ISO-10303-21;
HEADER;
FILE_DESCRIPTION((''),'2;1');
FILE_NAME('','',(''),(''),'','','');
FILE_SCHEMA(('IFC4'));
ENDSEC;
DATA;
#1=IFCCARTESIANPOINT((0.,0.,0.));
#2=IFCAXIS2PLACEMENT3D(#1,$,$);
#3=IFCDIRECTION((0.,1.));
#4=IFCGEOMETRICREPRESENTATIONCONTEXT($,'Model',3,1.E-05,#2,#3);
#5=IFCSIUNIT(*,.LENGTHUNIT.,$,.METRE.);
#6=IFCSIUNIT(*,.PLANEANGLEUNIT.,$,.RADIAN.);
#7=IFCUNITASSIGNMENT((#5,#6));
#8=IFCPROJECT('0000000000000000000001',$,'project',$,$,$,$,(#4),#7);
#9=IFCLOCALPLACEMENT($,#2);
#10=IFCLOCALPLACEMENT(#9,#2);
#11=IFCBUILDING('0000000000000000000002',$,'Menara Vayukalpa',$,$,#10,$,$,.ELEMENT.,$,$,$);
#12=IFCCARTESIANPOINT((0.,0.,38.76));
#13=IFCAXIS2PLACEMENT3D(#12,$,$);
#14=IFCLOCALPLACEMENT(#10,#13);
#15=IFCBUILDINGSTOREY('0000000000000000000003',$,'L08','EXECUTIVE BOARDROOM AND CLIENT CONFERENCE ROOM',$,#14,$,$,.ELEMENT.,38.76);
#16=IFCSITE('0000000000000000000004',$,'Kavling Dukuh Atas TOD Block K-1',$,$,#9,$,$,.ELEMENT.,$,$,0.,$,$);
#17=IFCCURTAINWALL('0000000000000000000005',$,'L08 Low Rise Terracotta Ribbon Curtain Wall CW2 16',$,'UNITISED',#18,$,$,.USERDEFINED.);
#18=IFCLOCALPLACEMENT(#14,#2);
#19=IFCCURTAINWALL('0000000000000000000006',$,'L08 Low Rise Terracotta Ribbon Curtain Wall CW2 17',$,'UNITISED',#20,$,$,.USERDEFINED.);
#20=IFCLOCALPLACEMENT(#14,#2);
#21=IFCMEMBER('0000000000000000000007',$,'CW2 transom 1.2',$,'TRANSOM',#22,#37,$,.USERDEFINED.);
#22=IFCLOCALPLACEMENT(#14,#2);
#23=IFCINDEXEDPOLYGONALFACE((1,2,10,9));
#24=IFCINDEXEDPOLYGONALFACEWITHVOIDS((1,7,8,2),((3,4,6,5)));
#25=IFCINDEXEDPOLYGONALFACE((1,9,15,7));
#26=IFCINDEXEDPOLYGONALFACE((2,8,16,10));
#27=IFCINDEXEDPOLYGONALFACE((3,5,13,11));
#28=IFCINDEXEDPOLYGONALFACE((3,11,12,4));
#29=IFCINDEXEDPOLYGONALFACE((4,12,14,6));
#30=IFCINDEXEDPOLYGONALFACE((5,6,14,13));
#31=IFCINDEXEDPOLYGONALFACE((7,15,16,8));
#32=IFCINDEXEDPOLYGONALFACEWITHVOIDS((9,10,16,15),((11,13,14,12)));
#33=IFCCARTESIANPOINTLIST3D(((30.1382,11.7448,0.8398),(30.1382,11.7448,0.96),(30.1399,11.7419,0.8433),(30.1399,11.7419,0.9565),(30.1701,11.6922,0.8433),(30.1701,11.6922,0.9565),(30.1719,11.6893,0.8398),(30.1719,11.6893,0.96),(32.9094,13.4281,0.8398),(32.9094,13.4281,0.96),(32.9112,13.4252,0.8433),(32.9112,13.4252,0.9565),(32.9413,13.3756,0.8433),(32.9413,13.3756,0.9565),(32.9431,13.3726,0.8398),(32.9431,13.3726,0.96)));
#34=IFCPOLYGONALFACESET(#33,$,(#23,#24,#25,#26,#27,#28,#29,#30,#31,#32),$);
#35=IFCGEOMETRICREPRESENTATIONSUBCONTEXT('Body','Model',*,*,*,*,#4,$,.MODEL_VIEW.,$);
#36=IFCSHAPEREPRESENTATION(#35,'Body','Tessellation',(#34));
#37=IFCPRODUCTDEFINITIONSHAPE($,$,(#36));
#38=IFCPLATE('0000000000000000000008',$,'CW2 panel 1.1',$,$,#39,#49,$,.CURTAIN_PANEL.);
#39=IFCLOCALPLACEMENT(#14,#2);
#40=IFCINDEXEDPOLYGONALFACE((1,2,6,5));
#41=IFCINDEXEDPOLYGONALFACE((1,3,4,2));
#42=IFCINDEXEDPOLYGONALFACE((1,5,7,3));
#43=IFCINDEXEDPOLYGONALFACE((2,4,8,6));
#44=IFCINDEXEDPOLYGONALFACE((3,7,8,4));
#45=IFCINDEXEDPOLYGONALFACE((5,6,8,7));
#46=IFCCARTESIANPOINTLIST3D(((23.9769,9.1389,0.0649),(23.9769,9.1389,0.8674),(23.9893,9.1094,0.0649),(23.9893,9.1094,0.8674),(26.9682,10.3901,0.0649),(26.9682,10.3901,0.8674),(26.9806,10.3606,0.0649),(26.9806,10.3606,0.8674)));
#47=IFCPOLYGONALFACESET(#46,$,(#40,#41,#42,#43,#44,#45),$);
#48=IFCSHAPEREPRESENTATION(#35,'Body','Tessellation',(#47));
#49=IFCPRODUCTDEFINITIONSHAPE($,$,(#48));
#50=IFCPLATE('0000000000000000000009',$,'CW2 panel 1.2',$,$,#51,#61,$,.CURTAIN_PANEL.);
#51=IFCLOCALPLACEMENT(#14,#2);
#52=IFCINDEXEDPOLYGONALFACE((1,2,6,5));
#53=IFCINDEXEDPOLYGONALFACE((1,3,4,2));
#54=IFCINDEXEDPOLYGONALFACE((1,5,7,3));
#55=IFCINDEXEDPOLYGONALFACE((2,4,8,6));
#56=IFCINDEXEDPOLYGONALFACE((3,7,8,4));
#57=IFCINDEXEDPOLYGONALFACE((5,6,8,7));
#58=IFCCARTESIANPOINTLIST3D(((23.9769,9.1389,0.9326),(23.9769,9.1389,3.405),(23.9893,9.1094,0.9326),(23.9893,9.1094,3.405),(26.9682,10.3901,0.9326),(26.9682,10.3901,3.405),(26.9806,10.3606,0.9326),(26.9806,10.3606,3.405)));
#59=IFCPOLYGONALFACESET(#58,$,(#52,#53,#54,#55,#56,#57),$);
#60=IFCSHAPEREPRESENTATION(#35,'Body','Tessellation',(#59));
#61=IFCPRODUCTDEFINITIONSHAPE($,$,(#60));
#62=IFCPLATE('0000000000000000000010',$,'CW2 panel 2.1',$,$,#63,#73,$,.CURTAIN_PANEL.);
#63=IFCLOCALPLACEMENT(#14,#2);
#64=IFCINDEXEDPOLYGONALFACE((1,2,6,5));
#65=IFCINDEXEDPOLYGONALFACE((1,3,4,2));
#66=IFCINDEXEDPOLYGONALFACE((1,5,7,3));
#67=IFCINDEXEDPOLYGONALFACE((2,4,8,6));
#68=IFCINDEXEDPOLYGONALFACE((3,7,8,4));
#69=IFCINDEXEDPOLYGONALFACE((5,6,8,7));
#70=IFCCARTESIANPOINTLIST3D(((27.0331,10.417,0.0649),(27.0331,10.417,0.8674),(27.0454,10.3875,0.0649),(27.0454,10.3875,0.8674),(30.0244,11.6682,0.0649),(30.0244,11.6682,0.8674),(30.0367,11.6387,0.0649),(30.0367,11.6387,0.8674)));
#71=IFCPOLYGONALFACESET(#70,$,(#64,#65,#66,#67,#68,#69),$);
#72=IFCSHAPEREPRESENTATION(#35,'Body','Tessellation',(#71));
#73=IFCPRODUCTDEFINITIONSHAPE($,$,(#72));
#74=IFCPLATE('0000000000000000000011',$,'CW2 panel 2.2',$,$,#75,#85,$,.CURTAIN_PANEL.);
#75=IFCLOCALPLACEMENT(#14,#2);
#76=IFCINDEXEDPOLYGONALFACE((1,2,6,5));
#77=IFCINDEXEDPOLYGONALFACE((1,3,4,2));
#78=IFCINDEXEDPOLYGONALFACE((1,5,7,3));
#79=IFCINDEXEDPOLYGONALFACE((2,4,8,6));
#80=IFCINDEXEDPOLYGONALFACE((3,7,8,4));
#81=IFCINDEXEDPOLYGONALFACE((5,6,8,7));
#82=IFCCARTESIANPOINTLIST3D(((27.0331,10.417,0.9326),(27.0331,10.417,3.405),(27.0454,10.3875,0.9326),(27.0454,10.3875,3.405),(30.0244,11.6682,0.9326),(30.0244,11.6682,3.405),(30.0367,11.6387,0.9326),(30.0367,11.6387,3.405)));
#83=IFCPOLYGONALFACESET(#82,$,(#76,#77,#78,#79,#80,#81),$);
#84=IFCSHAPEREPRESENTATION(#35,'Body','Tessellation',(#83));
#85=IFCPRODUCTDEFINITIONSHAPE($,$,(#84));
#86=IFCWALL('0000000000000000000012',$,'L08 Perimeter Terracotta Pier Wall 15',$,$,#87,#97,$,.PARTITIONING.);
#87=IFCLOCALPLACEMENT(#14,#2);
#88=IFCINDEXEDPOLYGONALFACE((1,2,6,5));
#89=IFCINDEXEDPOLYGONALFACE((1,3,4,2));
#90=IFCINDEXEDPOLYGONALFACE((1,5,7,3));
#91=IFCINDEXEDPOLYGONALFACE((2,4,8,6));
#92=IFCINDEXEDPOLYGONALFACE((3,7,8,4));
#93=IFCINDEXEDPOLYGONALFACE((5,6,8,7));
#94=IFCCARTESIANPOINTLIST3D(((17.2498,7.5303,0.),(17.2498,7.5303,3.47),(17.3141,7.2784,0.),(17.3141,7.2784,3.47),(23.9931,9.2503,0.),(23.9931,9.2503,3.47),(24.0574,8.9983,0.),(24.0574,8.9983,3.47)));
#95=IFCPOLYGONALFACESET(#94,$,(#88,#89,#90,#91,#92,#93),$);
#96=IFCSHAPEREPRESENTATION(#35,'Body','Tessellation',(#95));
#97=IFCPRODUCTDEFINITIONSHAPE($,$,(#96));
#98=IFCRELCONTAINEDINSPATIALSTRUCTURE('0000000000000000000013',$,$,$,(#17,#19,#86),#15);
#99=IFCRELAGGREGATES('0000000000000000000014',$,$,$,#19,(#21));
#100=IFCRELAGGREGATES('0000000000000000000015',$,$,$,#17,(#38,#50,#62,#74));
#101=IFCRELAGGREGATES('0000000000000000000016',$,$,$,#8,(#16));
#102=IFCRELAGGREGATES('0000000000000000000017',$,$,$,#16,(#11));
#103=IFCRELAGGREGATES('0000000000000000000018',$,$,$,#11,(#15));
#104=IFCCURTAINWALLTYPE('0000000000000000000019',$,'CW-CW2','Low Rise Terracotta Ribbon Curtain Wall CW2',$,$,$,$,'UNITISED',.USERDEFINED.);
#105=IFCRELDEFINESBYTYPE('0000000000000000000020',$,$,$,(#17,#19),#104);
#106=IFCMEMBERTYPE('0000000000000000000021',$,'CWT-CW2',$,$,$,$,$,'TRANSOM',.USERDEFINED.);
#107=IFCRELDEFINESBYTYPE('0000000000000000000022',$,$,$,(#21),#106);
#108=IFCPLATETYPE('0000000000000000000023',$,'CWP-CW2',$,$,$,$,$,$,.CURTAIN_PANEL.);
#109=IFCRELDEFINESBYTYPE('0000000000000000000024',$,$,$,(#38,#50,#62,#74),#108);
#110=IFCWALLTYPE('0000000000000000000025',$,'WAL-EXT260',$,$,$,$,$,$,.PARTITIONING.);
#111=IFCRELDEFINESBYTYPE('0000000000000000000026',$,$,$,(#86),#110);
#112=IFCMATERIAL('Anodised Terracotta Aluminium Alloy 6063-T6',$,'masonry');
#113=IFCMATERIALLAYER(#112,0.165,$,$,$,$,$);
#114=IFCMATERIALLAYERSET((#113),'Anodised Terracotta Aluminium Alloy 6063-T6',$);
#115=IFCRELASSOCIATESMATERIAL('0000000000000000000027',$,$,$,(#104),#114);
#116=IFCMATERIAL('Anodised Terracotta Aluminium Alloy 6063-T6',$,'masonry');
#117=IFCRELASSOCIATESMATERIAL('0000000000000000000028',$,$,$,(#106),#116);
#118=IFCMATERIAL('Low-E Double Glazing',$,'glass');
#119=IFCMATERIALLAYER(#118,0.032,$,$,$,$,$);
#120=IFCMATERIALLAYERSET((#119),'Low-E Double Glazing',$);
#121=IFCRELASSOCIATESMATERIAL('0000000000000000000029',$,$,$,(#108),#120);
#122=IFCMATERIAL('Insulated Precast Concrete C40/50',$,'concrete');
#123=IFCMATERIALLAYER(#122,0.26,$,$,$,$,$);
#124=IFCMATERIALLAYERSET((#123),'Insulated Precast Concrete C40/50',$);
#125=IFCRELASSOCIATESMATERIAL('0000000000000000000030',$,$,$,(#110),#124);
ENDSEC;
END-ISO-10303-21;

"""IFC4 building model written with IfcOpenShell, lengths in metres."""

from ifc_helpers import new_model, si_unit, direction, frame, frame_2d, origin, origin_2d, place, context, subcontext, project, spatial, rectangle, hollow_rectangle, extrude, material, layer, layer_set, material_profile, profile_set, type_object, element, aggregate, save


model = new_model("IFC4")

# Units and contexts
model_context = context("Model", 3, precision=1e-05, world=origin(), true_north=direction((0.0, 1.0)))
body_context = subcontext(model_context, "Body", "Model", "MODEL_VIEW")
ifc_project = project(units=[si_unit("LENGTHUNIT", "METRE"), si_unit("PLANEANGLEUNIT", "RADIAN")], contexts=[model_context])

# Site, building, storey
site_placement = place(None, origin())
site = spatial("IfcSite", under=ifc_project, at=site_placement, Name="Kavling Dukuh Atas TOD Block K-1", CompositionType="ELEMENT", RefElevation=0.0)
building_placement = place(site_placement, origin())
building = spatial("IfcBuilding", under=site, at=building_placement, Name="Menara Vayukalpa", CompositionType="ELEMENT")
storey_placement = place(building_placement, frame((0.0, 0.0, 38.76)))
storey = spatial("IfcBuildingStorey", under=building, at=storey_placement, Name="L08", Description="EXECUTIVE BOARDROOM AND CLIENT CONFERENCE ROOM", CompositionType="ELEMENT", Elevation=38.76)

# Curtain wall
ifc_material_1 = material(Name="Anodised Terracotta Aluminium Alloy 6063-T6", Category="masonry")
ifc_layer_1 = layer(ifc_material_1, 0.165)
ifc_layer_set_1 = layer_set([ifc_layer_1], Name="Anodised Terracotta Aluminium Alloy 6063-T6")
curtain_wall_type = type_object("IfcCurtainWallType", Name="CW-CW2", Description="Low Rise Terracotta Ribbon Curtain Wall CW2", ElementType="UNITISED", PredefinedType="USERDEFINED", material=ifc_layer_set_1)
curtain_wall_1_placement = place(storey_placement, origin())
curtain_wall_1 = element("IfcCurtainWall", 1, at=curtain_wall_1_placement, inside=storey, type_object=curtain_wall_type, Name="L08 Low Rise Terracotta Ribbon Curtain Wall CW2 16", ObjectType="UNITISED", PredefinedType="USERDEFINED")

# Curtain wall
curtain_wall_2_placement = place(storey_placement, origin())
curtain_wall_2 = element("IfcCurtainWall", 2, at=curtain_wall_2_placement, inside=storey, type_object=curtain_wall_type, Name="L08 Low Rise Terracotta Ribbon Curtain Wall CW2 17", ObjectType="UNITISED", PredefinedType="USERDEFINED")

# Member
ifc_material_2 = material(Name="Anodised Terracotta Aluminium Alloy 6063-T6", Category="masonry")
ifc_material_profile_1 = material_profile(ifc_material_2, hollow_rectangle(XDim=0.0649, YDim=0.1201, WallThickness=0.0034, at=origin_2d()), Name="ALU 65x120x3.5")
ifc_profile_set_1 = profile_set([ifc_material_profile_1], Name="Anodised Terracotta Aluminium Alloy 6063-T6")
member_type_1 = type_object("IfcMemberType", Name="CWT-CW2", ElementType="TRANSOM", PredefinedType="USERDEFINED", material=ifc_profile_set_1)
member_1_placement = place(storey_placement, frame((30.155, 11.717, 0.8999), z_axis=(0.854677, 0.519161, 0.0), x_axis=(-0.519161, 0.854677, 0.0)))
member_1 = element("IfcMember", 3, at=member_1_placement, type_object=member_type_1, Name="CW2 transom 1.2", ObjectType="TRANSOM", PredefinedType="USERDEFINED", context=body_context, shape_type="SweptSolid", body=[
    extrude(hollow_rectangle(XDim=0.0649, YDim=0.1201, WallThickness=0.0034, at=origin_2d()), origin(), (0.0, 0.0, 1.0), 3.2424),
])
aggregate(curtain_wall_2, [member_1])

# Plates
ifc_material_3 = material(Name="Low-E Double Glazing", Category="glass")
ifc_layer_2 = layer(ifc_material_3, 0.032)
ifc_layer_set_2 = layer_set([ifc_layer_2], Name="Low-E Double Glazing")
plate_type = type_object("IfcPlateType", Name="CWP-CW2", PredefinedType="CURTAIN_PANEL", material=ifc_layer_set_2)
plate_1_placement = place(storey_placement, frame((25.4788, 9.7498, 0.0649), z_axis=(0.0, 0.0, 1.0), x_axis=(0.922543, 0.385895, 0.0)))
plate_1 = element("IfcPlate", 4, at=plate_1_placement, type_object=plate_type, Name="CW2 panel 1.1", PredefinedType="CURTAIN_PANEL", context=body_context, shape_type="SweptSolid", body=[
    extrude(rectangle(XDim=3.2424, YDim=0.032, at=origin_2d()), origin(), (0.0, 0.0, 1.0), 0.8025),
])
plate_2_placement = place(storey_placement, frame((25.4788, 9.7498, 0.9326), z_axis=(0.0, 0.0, 1.0), x_axis=(0.922543, 0.385895, 0.0)))
plate_2 = element("IfcPlate", 5, at=plate_2_placement, type_object=plate_type, Name="CW2 panel 1.2", PredefinedType="CURTAIN_PANEL", context=body_context, shape_type="SweptSolid", body=[
    extrude(rectangle(XDim=3.2424, YDim=0.032, at=origin_2d()), origin(), (0.0, 0.0, 1.0), 2.4724),
])
plate_3_placement = place(storey_placement, frame((28.5349, 11.0278, 0.0649), z_axis=(0.0, 0.0, 1.0), x_axis=(0.922543, 0.385895, 0.0)))
plate_3 = element("IfcPlate", 6, at=plate_3_placement, type_object=plate_type, Name="CW2 panel 2.1", PredefinedType="CURTAIN_PANEL", context=body_context, shape_type="SweptSolid", body=[
    extrude(rectangle(XDim=3.2424, YDim=0.032, at=origin_2d()), origin(), (0.0, 0.0, 1.0), 0.8025),
])
plate_4_placement = place(storey_placement, frame((28.5349, 11.0278, 0.9326), z_axis=(0.0, 0.0, 1.0), x_axis=(0.922543, 0.385895, 0.0)))
plate_4 = element("IfcPlate", 7, at=plate_4_placement, type_object=plate_type, Name="CW2 panel 2.2", PredefinedType="CURTAIN_PANEL", context=body_context, shape_type="SweptSolid", body=[
    extrude(rectangle(XDim=3.2424, YDim=0.032, at=origin_2d()), origin(), (0.0, 0.0, 1.0), 2.4724),
])
aggregate(curtain_wall_1, [plate_1, plate_2, plate_3, plate_4])

# Wall
ifc_material_4 = material(Name="Insulated Precast Concrete C40/50", Category="concrete")
ifc_layer_3 = layer(ifc_material_4, 0.26)
ifc_layer_set_3 = layer_set([ifc_layer_3], Name="Insulated Precast Concrete C40/50")
wall_type = type_object("IfcWallType", Name="WAL-EXT260", PredefinedType="PARTITIONING", material=ifc_layer_set_3)
wall_placement = place(storey_placement, frame((24.0251, 9.1243, 0.0), z_axis=(0.0, 0.0, 1.0), x_axis=(-0.968978, -0.247147, 0.0)))
element("IfcWall", 8, at=wall_placement, inside=storey, type_object=wall_type, Name="L08 Perimeter Terracotta Pier Wall 15", PredefinedType="PARTITIONING", context=body_context, shape_type="SweptSolid", body=[
    extrude(rectangle(XDim=6.9592, YDim=0.26, at=frame_2d((3.4795, 0.0))), origin(), (0.0, 0.0, 1.0), 3.47),
])

save(model, "model.ifc")
